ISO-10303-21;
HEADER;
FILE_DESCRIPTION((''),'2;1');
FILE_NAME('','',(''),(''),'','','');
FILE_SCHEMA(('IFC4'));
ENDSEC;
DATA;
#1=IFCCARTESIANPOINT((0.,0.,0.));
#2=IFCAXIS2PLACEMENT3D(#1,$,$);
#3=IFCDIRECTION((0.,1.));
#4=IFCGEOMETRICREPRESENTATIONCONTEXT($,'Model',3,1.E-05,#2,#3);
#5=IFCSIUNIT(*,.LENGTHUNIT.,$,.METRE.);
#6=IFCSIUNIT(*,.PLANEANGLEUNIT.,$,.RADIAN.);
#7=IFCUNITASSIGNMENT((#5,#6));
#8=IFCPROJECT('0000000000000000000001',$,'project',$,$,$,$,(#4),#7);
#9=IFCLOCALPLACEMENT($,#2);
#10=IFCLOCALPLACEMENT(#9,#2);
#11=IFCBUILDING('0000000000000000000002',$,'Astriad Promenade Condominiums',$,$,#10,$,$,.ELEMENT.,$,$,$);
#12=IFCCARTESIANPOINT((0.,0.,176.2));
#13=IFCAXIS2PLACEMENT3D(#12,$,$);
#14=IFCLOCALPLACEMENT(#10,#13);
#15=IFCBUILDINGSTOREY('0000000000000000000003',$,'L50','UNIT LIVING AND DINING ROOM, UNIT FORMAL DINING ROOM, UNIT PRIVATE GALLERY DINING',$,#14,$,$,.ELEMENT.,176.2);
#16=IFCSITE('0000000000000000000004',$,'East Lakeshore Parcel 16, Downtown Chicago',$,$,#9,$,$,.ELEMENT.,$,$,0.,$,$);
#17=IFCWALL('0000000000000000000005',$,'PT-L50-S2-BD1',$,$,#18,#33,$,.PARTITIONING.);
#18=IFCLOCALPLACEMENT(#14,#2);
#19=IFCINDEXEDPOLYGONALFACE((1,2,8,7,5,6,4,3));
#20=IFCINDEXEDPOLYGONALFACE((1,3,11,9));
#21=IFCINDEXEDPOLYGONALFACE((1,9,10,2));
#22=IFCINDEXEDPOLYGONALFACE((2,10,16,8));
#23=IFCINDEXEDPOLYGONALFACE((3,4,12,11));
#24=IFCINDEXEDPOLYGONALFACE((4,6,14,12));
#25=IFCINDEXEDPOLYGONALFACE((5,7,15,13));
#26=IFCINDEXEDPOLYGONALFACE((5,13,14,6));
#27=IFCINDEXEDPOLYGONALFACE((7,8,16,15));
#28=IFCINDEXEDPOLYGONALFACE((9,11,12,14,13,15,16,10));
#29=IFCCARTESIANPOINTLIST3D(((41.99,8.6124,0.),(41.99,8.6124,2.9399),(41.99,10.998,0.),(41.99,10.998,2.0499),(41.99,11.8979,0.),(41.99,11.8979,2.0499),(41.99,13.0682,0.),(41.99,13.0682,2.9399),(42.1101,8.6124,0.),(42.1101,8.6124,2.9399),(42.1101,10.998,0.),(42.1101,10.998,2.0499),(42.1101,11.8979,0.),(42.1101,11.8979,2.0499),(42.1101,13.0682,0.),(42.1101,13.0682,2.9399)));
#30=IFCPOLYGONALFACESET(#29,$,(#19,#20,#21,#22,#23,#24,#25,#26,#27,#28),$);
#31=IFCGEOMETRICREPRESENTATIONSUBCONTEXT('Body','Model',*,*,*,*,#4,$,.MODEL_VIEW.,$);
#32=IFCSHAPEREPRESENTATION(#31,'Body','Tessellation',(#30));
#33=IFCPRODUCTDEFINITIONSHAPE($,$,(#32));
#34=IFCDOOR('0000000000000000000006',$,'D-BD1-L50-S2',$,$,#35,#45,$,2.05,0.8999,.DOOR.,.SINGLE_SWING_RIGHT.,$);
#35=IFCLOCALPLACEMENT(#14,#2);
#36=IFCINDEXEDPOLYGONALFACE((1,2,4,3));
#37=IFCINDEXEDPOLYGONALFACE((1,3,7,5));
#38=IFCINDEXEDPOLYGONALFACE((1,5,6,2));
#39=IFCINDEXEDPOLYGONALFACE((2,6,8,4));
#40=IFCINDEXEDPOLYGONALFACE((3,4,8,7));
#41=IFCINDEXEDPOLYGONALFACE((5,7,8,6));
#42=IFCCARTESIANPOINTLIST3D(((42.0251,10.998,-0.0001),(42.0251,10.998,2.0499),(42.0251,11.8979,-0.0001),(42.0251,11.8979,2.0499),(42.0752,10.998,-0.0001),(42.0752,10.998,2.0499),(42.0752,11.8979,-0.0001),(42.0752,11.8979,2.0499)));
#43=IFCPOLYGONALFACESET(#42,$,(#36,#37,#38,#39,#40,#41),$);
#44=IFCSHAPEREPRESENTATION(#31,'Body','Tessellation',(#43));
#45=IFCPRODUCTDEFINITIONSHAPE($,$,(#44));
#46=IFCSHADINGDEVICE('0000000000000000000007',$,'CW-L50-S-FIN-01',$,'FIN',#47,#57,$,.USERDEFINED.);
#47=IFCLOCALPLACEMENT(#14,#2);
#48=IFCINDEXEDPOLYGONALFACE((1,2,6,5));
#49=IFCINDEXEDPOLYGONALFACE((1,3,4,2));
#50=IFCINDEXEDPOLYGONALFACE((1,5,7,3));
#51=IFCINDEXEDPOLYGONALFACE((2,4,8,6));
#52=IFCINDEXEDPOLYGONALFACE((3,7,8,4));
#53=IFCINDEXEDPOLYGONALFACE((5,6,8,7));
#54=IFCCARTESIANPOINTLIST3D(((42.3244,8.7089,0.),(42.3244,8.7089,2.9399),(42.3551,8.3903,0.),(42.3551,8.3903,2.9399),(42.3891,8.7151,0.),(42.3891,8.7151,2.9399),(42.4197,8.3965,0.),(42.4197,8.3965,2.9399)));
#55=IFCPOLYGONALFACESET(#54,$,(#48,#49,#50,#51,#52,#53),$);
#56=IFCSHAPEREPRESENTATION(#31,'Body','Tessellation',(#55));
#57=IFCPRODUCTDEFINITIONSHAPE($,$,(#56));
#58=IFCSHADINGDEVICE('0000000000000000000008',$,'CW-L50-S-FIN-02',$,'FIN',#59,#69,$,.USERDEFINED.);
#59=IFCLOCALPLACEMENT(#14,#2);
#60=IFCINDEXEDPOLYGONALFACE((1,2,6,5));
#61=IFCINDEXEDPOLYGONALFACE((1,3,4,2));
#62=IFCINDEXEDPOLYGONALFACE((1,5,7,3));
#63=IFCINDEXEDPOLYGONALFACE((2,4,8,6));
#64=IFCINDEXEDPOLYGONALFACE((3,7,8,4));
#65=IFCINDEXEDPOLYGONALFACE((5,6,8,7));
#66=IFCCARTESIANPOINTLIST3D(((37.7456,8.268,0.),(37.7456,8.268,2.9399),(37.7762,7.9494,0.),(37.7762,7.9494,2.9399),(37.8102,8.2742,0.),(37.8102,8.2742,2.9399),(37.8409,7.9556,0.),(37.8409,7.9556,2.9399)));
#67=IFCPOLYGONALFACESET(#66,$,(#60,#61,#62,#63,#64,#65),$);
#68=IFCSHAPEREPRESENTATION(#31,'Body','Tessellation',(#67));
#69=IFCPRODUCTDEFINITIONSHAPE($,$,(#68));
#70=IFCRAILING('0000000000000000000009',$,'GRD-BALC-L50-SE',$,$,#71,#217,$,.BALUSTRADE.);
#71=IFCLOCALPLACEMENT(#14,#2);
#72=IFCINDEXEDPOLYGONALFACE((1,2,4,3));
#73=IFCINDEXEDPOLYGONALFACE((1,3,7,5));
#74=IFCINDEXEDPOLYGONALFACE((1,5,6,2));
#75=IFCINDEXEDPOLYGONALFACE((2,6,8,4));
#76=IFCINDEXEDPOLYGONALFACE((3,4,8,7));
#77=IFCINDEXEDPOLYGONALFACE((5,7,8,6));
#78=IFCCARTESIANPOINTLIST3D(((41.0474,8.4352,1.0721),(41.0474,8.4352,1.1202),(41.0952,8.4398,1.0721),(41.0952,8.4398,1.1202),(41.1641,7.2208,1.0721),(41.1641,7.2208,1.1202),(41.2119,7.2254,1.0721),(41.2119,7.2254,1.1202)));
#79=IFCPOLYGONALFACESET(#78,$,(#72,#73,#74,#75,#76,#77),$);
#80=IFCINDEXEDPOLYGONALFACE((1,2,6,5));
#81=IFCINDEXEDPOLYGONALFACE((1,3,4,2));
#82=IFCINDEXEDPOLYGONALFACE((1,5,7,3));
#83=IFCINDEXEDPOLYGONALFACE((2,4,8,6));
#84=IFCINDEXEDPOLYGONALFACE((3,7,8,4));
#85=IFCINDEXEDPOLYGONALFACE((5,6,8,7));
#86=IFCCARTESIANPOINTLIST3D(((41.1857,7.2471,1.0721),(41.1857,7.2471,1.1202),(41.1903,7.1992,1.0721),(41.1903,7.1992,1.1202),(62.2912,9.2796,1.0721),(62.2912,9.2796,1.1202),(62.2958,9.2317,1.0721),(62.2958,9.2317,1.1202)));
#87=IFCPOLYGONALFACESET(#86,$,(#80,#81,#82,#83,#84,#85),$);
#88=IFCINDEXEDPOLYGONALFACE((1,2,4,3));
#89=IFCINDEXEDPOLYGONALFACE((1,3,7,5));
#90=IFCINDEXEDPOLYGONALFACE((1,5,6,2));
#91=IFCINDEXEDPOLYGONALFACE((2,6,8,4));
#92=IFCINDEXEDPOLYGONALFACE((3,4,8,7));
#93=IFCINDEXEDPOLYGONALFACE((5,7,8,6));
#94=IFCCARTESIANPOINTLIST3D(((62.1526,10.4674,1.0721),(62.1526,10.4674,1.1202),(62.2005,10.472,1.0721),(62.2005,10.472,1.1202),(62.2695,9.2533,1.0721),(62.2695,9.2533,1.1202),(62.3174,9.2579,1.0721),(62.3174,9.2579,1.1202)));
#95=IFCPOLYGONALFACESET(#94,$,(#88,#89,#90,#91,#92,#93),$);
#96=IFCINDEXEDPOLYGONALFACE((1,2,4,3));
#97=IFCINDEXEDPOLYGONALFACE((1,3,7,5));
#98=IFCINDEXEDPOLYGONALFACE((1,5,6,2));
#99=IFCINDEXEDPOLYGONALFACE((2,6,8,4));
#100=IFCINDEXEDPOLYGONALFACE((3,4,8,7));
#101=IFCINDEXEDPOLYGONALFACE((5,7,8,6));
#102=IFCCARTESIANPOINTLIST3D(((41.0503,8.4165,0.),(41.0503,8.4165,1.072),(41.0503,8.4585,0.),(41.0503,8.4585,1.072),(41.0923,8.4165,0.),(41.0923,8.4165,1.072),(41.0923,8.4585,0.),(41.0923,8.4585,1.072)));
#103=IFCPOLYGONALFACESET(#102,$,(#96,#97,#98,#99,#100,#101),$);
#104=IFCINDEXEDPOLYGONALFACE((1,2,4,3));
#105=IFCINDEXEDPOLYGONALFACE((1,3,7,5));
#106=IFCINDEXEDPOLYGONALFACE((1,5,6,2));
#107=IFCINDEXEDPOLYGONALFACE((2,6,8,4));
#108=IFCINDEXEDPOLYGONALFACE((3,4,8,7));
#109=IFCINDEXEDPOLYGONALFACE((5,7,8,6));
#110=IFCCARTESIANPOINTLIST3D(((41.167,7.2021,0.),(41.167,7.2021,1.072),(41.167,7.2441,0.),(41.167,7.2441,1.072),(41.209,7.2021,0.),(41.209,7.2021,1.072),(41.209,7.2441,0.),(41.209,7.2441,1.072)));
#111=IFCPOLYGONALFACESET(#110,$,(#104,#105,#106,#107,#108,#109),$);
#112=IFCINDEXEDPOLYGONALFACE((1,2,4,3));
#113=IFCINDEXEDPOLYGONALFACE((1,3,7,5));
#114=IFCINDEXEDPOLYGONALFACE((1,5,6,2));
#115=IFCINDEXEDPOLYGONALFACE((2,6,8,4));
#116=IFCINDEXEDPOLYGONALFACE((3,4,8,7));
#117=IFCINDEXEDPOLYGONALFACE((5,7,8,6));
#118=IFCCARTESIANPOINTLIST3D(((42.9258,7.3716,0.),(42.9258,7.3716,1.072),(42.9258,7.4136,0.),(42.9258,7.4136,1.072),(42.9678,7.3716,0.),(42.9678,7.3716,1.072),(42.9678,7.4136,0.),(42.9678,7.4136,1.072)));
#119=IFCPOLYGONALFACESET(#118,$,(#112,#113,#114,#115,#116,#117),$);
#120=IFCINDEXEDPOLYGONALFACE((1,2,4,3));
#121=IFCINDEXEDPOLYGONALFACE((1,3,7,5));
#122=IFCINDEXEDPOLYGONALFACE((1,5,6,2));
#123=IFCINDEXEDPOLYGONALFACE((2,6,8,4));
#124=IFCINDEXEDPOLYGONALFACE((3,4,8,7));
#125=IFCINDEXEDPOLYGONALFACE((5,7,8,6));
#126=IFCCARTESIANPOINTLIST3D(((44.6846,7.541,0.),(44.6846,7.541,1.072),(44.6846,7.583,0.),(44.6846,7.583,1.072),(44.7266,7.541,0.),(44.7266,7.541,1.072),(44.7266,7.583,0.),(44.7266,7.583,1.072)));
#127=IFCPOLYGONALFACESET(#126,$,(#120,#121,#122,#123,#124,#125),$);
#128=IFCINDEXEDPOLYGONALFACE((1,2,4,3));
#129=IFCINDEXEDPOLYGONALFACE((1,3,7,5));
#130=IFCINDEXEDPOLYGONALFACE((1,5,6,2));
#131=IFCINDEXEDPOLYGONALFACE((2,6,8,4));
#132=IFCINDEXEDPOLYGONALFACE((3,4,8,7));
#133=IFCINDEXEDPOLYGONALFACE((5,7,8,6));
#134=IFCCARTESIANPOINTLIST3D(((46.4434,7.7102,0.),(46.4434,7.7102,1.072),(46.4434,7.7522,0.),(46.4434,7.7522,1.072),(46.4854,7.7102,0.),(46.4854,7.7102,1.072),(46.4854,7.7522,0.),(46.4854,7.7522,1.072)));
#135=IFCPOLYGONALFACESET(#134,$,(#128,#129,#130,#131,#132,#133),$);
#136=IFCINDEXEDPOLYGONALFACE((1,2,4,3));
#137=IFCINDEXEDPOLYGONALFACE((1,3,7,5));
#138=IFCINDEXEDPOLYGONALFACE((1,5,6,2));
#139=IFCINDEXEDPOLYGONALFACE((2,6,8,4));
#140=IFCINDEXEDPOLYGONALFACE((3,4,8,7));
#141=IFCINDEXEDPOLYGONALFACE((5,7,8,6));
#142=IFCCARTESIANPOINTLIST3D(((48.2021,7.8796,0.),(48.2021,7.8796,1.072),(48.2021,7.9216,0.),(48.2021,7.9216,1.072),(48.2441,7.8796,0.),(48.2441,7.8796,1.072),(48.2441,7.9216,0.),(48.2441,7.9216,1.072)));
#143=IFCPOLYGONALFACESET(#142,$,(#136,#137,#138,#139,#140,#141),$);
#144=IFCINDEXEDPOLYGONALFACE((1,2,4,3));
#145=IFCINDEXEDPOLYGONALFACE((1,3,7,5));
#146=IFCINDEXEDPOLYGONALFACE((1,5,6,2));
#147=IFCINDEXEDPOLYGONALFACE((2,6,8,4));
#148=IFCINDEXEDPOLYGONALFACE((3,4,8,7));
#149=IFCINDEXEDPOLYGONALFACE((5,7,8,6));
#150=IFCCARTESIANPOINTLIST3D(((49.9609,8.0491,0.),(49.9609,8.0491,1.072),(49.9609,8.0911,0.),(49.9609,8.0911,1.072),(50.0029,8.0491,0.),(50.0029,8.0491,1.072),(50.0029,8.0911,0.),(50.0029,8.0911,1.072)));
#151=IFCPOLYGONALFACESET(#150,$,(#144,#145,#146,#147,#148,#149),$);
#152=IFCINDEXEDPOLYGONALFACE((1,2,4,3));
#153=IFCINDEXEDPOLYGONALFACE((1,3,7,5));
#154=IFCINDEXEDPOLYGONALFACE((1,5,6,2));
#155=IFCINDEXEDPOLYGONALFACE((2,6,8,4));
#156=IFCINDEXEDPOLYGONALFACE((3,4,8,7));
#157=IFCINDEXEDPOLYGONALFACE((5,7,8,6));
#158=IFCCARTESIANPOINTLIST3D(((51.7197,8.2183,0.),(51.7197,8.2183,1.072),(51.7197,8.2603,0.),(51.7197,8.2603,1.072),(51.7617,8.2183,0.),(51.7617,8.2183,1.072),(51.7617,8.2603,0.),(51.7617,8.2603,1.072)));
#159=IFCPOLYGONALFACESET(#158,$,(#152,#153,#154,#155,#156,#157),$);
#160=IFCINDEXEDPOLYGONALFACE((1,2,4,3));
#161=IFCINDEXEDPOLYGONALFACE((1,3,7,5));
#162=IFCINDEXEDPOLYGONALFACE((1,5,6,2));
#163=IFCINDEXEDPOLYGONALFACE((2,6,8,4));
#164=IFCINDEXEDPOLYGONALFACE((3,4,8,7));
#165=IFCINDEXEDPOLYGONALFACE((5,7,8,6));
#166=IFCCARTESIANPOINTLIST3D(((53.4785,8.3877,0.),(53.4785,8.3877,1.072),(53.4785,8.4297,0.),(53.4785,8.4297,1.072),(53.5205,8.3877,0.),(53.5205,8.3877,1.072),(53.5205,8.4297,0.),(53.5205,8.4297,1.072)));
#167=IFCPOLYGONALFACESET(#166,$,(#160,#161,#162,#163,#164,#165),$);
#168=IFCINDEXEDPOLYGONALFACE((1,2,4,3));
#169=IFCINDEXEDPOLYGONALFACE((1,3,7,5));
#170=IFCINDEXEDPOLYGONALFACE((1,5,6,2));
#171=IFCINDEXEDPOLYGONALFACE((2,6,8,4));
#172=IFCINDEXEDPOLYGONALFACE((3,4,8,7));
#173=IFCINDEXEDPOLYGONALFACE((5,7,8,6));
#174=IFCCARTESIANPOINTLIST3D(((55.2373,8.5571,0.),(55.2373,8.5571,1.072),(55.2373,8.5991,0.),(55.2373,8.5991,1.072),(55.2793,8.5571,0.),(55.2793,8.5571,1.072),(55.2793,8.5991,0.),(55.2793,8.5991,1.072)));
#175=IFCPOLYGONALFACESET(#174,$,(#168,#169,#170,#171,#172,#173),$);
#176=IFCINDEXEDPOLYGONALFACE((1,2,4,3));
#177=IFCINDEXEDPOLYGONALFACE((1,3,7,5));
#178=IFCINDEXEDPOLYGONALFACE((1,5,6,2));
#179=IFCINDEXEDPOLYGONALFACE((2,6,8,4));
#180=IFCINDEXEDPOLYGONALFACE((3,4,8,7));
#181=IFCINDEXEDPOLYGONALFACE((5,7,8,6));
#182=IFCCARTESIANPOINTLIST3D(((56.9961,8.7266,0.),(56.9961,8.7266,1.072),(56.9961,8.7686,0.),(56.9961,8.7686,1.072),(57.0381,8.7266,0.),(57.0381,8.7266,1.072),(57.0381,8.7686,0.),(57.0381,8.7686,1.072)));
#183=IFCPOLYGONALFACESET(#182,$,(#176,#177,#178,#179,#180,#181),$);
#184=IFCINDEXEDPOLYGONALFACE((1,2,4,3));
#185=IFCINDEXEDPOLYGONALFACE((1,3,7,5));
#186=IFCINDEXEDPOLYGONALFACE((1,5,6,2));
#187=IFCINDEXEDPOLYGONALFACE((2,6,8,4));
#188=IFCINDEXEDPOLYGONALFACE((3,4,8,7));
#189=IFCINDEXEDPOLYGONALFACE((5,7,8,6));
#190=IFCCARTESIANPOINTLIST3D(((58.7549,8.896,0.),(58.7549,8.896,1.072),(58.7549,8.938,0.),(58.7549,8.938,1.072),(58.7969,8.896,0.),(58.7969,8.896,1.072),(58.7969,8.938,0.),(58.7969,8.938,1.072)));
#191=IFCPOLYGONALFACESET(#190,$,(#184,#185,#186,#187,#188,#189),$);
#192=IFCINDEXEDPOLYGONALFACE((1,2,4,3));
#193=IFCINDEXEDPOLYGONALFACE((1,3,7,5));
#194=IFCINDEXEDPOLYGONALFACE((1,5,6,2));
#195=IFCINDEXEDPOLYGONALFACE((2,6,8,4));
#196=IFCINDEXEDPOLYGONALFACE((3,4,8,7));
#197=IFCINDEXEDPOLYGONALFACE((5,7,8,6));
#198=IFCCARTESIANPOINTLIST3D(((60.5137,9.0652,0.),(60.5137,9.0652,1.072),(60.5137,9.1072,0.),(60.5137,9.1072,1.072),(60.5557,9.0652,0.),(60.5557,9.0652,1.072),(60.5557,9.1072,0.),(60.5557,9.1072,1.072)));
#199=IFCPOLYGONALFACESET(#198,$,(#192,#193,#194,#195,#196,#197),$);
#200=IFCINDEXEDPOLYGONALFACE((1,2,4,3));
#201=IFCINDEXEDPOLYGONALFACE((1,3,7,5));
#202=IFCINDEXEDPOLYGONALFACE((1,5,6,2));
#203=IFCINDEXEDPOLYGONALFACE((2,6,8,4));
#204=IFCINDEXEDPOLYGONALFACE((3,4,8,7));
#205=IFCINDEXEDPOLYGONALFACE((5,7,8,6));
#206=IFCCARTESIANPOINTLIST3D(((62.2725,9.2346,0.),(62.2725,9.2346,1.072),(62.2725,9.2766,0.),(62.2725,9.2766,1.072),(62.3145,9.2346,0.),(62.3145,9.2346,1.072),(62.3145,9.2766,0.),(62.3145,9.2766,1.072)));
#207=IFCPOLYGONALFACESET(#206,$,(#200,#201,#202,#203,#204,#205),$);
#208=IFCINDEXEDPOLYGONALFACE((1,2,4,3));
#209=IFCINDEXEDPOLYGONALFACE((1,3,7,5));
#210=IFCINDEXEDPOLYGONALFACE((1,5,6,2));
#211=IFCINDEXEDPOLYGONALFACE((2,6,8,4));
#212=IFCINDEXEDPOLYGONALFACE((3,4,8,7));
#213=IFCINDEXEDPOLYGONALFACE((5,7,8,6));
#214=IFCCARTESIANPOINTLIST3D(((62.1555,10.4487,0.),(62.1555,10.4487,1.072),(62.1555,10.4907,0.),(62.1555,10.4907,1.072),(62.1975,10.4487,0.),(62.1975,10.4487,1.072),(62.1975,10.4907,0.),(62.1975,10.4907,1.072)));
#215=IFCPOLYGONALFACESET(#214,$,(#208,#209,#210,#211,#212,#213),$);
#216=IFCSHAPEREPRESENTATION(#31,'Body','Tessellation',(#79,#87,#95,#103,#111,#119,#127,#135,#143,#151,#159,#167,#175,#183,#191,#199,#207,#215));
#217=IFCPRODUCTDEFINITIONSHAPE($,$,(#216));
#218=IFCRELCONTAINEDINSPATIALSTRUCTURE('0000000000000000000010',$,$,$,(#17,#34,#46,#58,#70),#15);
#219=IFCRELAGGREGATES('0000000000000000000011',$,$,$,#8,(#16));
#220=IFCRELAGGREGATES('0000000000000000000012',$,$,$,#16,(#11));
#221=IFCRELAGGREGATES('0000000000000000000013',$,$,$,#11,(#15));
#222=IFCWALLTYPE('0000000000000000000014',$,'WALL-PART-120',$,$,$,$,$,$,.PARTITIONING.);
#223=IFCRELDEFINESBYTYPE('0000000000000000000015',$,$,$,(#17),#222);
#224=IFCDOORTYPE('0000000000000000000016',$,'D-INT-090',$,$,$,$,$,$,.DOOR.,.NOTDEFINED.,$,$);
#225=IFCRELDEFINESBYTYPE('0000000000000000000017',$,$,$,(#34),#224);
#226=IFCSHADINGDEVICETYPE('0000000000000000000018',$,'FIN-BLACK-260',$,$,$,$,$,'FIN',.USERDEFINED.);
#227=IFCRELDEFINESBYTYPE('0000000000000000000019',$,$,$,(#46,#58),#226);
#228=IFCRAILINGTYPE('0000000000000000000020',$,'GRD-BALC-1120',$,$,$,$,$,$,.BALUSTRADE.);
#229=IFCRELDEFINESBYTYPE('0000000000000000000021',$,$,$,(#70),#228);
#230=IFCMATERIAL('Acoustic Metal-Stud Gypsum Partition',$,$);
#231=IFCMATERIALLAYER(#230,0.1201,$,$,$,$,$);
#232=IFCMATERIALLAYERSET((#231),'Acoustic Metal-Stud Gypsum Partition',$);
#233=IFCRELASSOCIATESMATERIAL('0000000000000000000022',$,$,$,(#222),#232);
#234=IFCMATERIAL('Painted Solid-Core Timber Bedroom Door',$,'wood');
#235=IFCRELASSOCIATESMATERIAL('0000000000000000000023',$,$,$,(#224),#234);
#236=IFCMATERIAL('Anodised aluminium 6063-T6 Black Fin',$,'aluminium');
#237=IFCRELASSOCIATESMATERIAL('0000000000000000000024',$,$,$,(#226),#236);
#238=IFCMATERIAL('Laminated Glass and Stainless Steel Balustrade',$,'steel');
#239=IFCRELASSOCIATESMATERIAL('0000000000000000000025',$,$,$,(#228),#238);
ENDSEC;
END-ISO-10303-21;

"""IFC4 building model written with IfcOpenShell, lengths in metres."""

from ifc_helpers import new_model, si_unit, direction, frame, frame_2d, origin, origin_2d, place, context, subcontext, project, spatial, rectangle, extrude, source, transform, mapped, material, layer, layer_set, type_object, type_shapes, element, fill, save


model = new_model("IFC4")

# Units and contexts
model_context = context("Model", 3, precision=1e-05, world=origin(), true_north=direction((0.0, 1.0)))
body_context = subcontext(model_context, "Body", "Model", "MODEL_VIEW")
ifc_project = project(units=[si_unit("LENGTHUNIT", "METRE"), si_unit("PLANEANGLEUNIT", "RADIAN")], contexts=[model_context])

# Site, building, storey
site_placement = place(None, origin())
site = spatial("IfcSite", under=ifc_project, at=site_placement, Name="East Lakeshore Parcel 16, Downtown Chicago", CompositionType="ELEMENT", RefElevation=0.0)
building_placement = place(site_placement, origin())
building = spatial("IfcBuilding", under=site, at=building_placement, Name="Astriad Promenade Condominiums", CompositionType="ELEMENT")
storey_placement = place(building_placement, frame((0.0, 0.0, 176.2)))
storey = spatial("IfcBuildingStorey", under=building, at=storey_placement, Name="L50", Description="UNIT LIVING AND DINING ROOM, UNIT FORMAL DINING ROOM, UNIT PRIVATE GALLERY DINING", CompositionType="ELEMENT", Elevation=176.2)

# Wall, opening, door
ifc_material_1 = material(Name="Acoustic Metal-Stud Gypsum Partition")
ifc_layer_1 = layer(ifc_material_1, 0.1201)
ifc_layer_set_1 = layer_set([ifc_layer_1], Name="Acoustic Metal-Stud Gypsum Partition")
wall_type_1 = type_object("IfcWallType", Name="WALL-PART-120", PredefinedType="PARTITIONING", material=ifc_layer_set_1)
wall_1_placement = place(storey_placement, frame((42.05, 8.6123, 0.0), z_axis=(0.0, 0.0, 1.0), x_axis=(0.0, 1.0, 0.0)))
wall_1 = element("IfcWall", 1, at=wall_1_placement, inside=storey, type_object=wall_type_1, Name="PT-L50-S2-BD1", PredefinedType="PARTITIONING", context=body_context, shape_type="SweptSolid", body=[
    extrude(rectangle(XDim=4.4558, YDim=0.1201, at=frame_2d((2.228, 0.0))), origin(), (0.0, 0.0, 1.0), 2.9399),
])
opening_placement = place(wall_1_placement, frame((2.3857, 0.0, 0.0)))
opening = element("IfcOpeningElement", 2, at=opening_placement, cuts=wall_1, PredefinedType="OPENING", context=body_context, shape_type="SweptSolid", body=[
    extrude(rectangle(XDim=0.8999, YDim=2.05, at=frame_2d((0.45, 1.0249))), frame((0.0, 0.0701, 0.0), z_axis=(0.0, -1.0, 0.0), x_axis=(1.0, 0.0, 0.0)), (0.0, 0.0, 1.0), 0.1401),
])
ifc_material_2 = material(Name="Painted Solid-Core Timber Bedroom Door", Category="wood")
door_type = type_object("IfcDoorType", Name="D-INT-090", OperationType="NOTDEFINED", PredefinedType="DOOR", material=ifc_material_2)
shared_shape_1 = source(origin(), body_context, "Body", "SweptSolid", [
    extrude(rectangle(XDim=0.8999, YDim=2.05, at=frame_2d((0.45, 1.0249))), frame((0.0, 0.0249, 0.0), z_axis=(0.0, -1.0, 0.0), x_axis=(1.0, 0.0, 0.0)), (0.0, 0.0, 1.0), 0.05),
])
type_shapes(door_type, [shared_shape_1])
door_placement = place(opening_placement, origin())
door = element("IfcDoor", 3, at=door_placement, inside=storey, type_object=door_type, Name="D-BD1-L50-S2", OperationType="SINGLE_SWING_RIGHT", OverallHeight=2.05, OverallWidth=0.8999, PredefinedType="DOOR", context=body_context, shape_type="MappedRepresentation", body=[
    mapped(shared_shape_1, transform((0.0, 0.0, 0.0), scale=1.0)),
])
fill(opening, door)

# Shading devices
ifc_material_3 = material(Name="Anodised aluminium 6063-T6 Black Fin", Category="aluminium")
shading_device_type = type_object("IfcShadingDeviceType", Name="FIN-BLACK-260", ElementType="FIN", PredefinedType="USERDEFINED", material=ifc_material_3)
shared_shape_2 = source(origin(), body_context, "Body", "SweptSolid", [
    extrude(rectangle(XDim=0.0649, YDim=0.3201, at=origin_2d()), origin(), (0.0, 0.0, 1.0), 2.9399),
])
type_shapes(shading_device_type, [shared_shape_2])
for number, where, z_axis, x_axis, name in (
    (4, (42.3721, 8.5527, 0.0), (0.0, 0.0, 1.0), (-0.995396, -0.095846, 0.0), "CW-L50-S-FIN-01"),
    (5, (37.7932, 8.1118, 0.0), (0.0, 0.0, 1.0), (-0.995396, -0.095846, 0.0), "CW-L50-S-FIN-02"),
):
    element("IfcShadingDevice", number, at=place(storey_placement, frame(where, z_axis=z_axis, x_axis=x_axis)), inside=storey, type_object=shading_device_type, Name=name, ObjectType="FIN", PredefinedType="USERDEFINED", context=body_context, shape_type="MappedRepresentation", body=[
        mapped(shared_shape_2, transform((0.0, 0.0, 0.0), scale=1.0)),
    ])

# Railing
ifc_material_4 = material(Name="Laminated Glass and Stainless Steel Balustrade", Category="steel")
railing_type = type_object("IfcRailingType", Name="GRD-BALC-1120", PredefinedType="BALUSTRADE", material=ifc_material_4)
shared_shape_3 = source(origin(), body_context, "Body", "SweptSolid", [
    extrude(rectangle(XDim=0.0481, YDim=0.0481, at=origin_2d()), frame((0.0, 0.0, 1.0962), z_axis=(0.095659, -0.995414, 0.0), x_axis=(0.995414, 0.095659, 0.0)), (0.0, 0.0, 1.0), 1.22),
    extrude(rectangle(XDim=0.0481, YDim=0.0481, at=origin_2d()), frame((0.1167, -1.2144, 1.0962), z_axis=(0.995395, 0.095857, 0.0), x_axis=(-0.095857, 0.995395, 0.0)), (0.0, 0.0, 1.0), 21.2031),
    extrude(rectangle(XDim=0.0481, YDim=0.0481, at=origin_2d()), frame((21.2222, 0.8181, 1.0962), z_axis=(-0.095876, 0.995393, 0.0), x_axis=(-0.995393, -0.095876, 0.0)), (0.0, 0.0, 1.0), 1.2197),
    extrude(rectangle(XDim=0.042, YDim=0.042, at=origin_2d()), origin(), (0.0, 0.0, 1.0), 1.072),
    extrude(rectangle(XDim=0.042, YDim=0.042, at=origin_2d()), frame((0.1167, -1.2144, 0.0)), (0.0, 0.0, 1.0), 1.072),
    extrude(rectangle(XDim=0.042, YDim=0.042, at=origin_2d()), frame((1.8755, -1.0449, 0.0)), (0.0, 0.0, 1.0), 1.072),
    extrude(rectangle(XDim=0.042, YDim=0.042, at=origin_2d()), frame((3.6343, -0.8755, 0.0)), (0.0, 0.0, 1.0), 1.072),
    extrude(rectangle(XDim=0.042, YDim=0.042, at=origin_2d()), frame((5.3931, -0.7063, 0.0)), (0.0, 0.0, 1.0), 1.072),
    extrude(rectangle(XDim=0.042, YDim=0.042, at=origin_2d()), frame((7.1519, -0.5369, 0.0)), (0.0, 0.0, 1.0), 1.072),
    extrude(rectangle(XDim=0.042, YDim=0.042, at=origin_2d()), frame((8.9106, -0.3674, 0.0)), (0.0, 0.0, 1.0), 1.072),
    extrude(rectangle(XDim=0.042, YDim=0.042, at=origin_2d()), frame((10.6694, -0.1982, 0.0)), (0.0, 0.0, 1.0), 1.072),
    extrude(rectangle(XDim=0.042, YDim=0.042, at=origin_2d()), frame((12.4282, -0.0288, 0.0)), (0.0, 0.0, 1.0), 1.072),
    extrude(rectangle(XDim=0.042, YDim=0.042, at=origin_2d()), frame((14.187, 0.1406, 0.0)), (0.0, 0.0, 1.0), 1.072),
    extrude(rectangle(XDim=0.042, YDim=0.042, at=origin_2d()), frame((15.9458, 0.3101, 0.0)), (0.0, 0.0, 1.0), 1.072),
    extrude(rectangle(XDim=0.042, YDim=0.042, at=origin_2d()), frame((17.7046, 0.4795, 0.0)), (0.0, 0.0, 1.0), 1.072),
    extrude(rectangle(XDim=0.042, YDim=0.042, at=origin_2d()), frame((19.4634, 0.6487, 0.0)), (0.0, 0.0, 1.0), 1.072),
    extrude(rectangle(XDim=0.042, YDim=0.042, at=origin_2d()), frame((21.2222, 0.8181, 0.0)), (0.0, 0.0, 1.0), 1.072),
    extrude(rectangle(XDim=0.042, YDim=0.042, at=origin_2d()), frame((21.1052, 2.0322, 0.0)), (0.0, 0.0, 1.0), 1.072),
])
type_shapes(railing_type, [shared_shape_3])
railing_placement = place(storey_placement, frame((41.0713, 8.4375, 0.0)))
element("IfcRailing", 6, at=railing_placement, inside=storey, type_object=railing_type, Name="GRD-BALC-L50-SE", PredefinedType="BALUSTRADE", context=body_context, shape_type="MappedRepresentation", body=[
    mapped(shared_shape_3, transform((0.0, 0.0, 0.0), scale=1.0)),
])

save(model, "model.ifc")
